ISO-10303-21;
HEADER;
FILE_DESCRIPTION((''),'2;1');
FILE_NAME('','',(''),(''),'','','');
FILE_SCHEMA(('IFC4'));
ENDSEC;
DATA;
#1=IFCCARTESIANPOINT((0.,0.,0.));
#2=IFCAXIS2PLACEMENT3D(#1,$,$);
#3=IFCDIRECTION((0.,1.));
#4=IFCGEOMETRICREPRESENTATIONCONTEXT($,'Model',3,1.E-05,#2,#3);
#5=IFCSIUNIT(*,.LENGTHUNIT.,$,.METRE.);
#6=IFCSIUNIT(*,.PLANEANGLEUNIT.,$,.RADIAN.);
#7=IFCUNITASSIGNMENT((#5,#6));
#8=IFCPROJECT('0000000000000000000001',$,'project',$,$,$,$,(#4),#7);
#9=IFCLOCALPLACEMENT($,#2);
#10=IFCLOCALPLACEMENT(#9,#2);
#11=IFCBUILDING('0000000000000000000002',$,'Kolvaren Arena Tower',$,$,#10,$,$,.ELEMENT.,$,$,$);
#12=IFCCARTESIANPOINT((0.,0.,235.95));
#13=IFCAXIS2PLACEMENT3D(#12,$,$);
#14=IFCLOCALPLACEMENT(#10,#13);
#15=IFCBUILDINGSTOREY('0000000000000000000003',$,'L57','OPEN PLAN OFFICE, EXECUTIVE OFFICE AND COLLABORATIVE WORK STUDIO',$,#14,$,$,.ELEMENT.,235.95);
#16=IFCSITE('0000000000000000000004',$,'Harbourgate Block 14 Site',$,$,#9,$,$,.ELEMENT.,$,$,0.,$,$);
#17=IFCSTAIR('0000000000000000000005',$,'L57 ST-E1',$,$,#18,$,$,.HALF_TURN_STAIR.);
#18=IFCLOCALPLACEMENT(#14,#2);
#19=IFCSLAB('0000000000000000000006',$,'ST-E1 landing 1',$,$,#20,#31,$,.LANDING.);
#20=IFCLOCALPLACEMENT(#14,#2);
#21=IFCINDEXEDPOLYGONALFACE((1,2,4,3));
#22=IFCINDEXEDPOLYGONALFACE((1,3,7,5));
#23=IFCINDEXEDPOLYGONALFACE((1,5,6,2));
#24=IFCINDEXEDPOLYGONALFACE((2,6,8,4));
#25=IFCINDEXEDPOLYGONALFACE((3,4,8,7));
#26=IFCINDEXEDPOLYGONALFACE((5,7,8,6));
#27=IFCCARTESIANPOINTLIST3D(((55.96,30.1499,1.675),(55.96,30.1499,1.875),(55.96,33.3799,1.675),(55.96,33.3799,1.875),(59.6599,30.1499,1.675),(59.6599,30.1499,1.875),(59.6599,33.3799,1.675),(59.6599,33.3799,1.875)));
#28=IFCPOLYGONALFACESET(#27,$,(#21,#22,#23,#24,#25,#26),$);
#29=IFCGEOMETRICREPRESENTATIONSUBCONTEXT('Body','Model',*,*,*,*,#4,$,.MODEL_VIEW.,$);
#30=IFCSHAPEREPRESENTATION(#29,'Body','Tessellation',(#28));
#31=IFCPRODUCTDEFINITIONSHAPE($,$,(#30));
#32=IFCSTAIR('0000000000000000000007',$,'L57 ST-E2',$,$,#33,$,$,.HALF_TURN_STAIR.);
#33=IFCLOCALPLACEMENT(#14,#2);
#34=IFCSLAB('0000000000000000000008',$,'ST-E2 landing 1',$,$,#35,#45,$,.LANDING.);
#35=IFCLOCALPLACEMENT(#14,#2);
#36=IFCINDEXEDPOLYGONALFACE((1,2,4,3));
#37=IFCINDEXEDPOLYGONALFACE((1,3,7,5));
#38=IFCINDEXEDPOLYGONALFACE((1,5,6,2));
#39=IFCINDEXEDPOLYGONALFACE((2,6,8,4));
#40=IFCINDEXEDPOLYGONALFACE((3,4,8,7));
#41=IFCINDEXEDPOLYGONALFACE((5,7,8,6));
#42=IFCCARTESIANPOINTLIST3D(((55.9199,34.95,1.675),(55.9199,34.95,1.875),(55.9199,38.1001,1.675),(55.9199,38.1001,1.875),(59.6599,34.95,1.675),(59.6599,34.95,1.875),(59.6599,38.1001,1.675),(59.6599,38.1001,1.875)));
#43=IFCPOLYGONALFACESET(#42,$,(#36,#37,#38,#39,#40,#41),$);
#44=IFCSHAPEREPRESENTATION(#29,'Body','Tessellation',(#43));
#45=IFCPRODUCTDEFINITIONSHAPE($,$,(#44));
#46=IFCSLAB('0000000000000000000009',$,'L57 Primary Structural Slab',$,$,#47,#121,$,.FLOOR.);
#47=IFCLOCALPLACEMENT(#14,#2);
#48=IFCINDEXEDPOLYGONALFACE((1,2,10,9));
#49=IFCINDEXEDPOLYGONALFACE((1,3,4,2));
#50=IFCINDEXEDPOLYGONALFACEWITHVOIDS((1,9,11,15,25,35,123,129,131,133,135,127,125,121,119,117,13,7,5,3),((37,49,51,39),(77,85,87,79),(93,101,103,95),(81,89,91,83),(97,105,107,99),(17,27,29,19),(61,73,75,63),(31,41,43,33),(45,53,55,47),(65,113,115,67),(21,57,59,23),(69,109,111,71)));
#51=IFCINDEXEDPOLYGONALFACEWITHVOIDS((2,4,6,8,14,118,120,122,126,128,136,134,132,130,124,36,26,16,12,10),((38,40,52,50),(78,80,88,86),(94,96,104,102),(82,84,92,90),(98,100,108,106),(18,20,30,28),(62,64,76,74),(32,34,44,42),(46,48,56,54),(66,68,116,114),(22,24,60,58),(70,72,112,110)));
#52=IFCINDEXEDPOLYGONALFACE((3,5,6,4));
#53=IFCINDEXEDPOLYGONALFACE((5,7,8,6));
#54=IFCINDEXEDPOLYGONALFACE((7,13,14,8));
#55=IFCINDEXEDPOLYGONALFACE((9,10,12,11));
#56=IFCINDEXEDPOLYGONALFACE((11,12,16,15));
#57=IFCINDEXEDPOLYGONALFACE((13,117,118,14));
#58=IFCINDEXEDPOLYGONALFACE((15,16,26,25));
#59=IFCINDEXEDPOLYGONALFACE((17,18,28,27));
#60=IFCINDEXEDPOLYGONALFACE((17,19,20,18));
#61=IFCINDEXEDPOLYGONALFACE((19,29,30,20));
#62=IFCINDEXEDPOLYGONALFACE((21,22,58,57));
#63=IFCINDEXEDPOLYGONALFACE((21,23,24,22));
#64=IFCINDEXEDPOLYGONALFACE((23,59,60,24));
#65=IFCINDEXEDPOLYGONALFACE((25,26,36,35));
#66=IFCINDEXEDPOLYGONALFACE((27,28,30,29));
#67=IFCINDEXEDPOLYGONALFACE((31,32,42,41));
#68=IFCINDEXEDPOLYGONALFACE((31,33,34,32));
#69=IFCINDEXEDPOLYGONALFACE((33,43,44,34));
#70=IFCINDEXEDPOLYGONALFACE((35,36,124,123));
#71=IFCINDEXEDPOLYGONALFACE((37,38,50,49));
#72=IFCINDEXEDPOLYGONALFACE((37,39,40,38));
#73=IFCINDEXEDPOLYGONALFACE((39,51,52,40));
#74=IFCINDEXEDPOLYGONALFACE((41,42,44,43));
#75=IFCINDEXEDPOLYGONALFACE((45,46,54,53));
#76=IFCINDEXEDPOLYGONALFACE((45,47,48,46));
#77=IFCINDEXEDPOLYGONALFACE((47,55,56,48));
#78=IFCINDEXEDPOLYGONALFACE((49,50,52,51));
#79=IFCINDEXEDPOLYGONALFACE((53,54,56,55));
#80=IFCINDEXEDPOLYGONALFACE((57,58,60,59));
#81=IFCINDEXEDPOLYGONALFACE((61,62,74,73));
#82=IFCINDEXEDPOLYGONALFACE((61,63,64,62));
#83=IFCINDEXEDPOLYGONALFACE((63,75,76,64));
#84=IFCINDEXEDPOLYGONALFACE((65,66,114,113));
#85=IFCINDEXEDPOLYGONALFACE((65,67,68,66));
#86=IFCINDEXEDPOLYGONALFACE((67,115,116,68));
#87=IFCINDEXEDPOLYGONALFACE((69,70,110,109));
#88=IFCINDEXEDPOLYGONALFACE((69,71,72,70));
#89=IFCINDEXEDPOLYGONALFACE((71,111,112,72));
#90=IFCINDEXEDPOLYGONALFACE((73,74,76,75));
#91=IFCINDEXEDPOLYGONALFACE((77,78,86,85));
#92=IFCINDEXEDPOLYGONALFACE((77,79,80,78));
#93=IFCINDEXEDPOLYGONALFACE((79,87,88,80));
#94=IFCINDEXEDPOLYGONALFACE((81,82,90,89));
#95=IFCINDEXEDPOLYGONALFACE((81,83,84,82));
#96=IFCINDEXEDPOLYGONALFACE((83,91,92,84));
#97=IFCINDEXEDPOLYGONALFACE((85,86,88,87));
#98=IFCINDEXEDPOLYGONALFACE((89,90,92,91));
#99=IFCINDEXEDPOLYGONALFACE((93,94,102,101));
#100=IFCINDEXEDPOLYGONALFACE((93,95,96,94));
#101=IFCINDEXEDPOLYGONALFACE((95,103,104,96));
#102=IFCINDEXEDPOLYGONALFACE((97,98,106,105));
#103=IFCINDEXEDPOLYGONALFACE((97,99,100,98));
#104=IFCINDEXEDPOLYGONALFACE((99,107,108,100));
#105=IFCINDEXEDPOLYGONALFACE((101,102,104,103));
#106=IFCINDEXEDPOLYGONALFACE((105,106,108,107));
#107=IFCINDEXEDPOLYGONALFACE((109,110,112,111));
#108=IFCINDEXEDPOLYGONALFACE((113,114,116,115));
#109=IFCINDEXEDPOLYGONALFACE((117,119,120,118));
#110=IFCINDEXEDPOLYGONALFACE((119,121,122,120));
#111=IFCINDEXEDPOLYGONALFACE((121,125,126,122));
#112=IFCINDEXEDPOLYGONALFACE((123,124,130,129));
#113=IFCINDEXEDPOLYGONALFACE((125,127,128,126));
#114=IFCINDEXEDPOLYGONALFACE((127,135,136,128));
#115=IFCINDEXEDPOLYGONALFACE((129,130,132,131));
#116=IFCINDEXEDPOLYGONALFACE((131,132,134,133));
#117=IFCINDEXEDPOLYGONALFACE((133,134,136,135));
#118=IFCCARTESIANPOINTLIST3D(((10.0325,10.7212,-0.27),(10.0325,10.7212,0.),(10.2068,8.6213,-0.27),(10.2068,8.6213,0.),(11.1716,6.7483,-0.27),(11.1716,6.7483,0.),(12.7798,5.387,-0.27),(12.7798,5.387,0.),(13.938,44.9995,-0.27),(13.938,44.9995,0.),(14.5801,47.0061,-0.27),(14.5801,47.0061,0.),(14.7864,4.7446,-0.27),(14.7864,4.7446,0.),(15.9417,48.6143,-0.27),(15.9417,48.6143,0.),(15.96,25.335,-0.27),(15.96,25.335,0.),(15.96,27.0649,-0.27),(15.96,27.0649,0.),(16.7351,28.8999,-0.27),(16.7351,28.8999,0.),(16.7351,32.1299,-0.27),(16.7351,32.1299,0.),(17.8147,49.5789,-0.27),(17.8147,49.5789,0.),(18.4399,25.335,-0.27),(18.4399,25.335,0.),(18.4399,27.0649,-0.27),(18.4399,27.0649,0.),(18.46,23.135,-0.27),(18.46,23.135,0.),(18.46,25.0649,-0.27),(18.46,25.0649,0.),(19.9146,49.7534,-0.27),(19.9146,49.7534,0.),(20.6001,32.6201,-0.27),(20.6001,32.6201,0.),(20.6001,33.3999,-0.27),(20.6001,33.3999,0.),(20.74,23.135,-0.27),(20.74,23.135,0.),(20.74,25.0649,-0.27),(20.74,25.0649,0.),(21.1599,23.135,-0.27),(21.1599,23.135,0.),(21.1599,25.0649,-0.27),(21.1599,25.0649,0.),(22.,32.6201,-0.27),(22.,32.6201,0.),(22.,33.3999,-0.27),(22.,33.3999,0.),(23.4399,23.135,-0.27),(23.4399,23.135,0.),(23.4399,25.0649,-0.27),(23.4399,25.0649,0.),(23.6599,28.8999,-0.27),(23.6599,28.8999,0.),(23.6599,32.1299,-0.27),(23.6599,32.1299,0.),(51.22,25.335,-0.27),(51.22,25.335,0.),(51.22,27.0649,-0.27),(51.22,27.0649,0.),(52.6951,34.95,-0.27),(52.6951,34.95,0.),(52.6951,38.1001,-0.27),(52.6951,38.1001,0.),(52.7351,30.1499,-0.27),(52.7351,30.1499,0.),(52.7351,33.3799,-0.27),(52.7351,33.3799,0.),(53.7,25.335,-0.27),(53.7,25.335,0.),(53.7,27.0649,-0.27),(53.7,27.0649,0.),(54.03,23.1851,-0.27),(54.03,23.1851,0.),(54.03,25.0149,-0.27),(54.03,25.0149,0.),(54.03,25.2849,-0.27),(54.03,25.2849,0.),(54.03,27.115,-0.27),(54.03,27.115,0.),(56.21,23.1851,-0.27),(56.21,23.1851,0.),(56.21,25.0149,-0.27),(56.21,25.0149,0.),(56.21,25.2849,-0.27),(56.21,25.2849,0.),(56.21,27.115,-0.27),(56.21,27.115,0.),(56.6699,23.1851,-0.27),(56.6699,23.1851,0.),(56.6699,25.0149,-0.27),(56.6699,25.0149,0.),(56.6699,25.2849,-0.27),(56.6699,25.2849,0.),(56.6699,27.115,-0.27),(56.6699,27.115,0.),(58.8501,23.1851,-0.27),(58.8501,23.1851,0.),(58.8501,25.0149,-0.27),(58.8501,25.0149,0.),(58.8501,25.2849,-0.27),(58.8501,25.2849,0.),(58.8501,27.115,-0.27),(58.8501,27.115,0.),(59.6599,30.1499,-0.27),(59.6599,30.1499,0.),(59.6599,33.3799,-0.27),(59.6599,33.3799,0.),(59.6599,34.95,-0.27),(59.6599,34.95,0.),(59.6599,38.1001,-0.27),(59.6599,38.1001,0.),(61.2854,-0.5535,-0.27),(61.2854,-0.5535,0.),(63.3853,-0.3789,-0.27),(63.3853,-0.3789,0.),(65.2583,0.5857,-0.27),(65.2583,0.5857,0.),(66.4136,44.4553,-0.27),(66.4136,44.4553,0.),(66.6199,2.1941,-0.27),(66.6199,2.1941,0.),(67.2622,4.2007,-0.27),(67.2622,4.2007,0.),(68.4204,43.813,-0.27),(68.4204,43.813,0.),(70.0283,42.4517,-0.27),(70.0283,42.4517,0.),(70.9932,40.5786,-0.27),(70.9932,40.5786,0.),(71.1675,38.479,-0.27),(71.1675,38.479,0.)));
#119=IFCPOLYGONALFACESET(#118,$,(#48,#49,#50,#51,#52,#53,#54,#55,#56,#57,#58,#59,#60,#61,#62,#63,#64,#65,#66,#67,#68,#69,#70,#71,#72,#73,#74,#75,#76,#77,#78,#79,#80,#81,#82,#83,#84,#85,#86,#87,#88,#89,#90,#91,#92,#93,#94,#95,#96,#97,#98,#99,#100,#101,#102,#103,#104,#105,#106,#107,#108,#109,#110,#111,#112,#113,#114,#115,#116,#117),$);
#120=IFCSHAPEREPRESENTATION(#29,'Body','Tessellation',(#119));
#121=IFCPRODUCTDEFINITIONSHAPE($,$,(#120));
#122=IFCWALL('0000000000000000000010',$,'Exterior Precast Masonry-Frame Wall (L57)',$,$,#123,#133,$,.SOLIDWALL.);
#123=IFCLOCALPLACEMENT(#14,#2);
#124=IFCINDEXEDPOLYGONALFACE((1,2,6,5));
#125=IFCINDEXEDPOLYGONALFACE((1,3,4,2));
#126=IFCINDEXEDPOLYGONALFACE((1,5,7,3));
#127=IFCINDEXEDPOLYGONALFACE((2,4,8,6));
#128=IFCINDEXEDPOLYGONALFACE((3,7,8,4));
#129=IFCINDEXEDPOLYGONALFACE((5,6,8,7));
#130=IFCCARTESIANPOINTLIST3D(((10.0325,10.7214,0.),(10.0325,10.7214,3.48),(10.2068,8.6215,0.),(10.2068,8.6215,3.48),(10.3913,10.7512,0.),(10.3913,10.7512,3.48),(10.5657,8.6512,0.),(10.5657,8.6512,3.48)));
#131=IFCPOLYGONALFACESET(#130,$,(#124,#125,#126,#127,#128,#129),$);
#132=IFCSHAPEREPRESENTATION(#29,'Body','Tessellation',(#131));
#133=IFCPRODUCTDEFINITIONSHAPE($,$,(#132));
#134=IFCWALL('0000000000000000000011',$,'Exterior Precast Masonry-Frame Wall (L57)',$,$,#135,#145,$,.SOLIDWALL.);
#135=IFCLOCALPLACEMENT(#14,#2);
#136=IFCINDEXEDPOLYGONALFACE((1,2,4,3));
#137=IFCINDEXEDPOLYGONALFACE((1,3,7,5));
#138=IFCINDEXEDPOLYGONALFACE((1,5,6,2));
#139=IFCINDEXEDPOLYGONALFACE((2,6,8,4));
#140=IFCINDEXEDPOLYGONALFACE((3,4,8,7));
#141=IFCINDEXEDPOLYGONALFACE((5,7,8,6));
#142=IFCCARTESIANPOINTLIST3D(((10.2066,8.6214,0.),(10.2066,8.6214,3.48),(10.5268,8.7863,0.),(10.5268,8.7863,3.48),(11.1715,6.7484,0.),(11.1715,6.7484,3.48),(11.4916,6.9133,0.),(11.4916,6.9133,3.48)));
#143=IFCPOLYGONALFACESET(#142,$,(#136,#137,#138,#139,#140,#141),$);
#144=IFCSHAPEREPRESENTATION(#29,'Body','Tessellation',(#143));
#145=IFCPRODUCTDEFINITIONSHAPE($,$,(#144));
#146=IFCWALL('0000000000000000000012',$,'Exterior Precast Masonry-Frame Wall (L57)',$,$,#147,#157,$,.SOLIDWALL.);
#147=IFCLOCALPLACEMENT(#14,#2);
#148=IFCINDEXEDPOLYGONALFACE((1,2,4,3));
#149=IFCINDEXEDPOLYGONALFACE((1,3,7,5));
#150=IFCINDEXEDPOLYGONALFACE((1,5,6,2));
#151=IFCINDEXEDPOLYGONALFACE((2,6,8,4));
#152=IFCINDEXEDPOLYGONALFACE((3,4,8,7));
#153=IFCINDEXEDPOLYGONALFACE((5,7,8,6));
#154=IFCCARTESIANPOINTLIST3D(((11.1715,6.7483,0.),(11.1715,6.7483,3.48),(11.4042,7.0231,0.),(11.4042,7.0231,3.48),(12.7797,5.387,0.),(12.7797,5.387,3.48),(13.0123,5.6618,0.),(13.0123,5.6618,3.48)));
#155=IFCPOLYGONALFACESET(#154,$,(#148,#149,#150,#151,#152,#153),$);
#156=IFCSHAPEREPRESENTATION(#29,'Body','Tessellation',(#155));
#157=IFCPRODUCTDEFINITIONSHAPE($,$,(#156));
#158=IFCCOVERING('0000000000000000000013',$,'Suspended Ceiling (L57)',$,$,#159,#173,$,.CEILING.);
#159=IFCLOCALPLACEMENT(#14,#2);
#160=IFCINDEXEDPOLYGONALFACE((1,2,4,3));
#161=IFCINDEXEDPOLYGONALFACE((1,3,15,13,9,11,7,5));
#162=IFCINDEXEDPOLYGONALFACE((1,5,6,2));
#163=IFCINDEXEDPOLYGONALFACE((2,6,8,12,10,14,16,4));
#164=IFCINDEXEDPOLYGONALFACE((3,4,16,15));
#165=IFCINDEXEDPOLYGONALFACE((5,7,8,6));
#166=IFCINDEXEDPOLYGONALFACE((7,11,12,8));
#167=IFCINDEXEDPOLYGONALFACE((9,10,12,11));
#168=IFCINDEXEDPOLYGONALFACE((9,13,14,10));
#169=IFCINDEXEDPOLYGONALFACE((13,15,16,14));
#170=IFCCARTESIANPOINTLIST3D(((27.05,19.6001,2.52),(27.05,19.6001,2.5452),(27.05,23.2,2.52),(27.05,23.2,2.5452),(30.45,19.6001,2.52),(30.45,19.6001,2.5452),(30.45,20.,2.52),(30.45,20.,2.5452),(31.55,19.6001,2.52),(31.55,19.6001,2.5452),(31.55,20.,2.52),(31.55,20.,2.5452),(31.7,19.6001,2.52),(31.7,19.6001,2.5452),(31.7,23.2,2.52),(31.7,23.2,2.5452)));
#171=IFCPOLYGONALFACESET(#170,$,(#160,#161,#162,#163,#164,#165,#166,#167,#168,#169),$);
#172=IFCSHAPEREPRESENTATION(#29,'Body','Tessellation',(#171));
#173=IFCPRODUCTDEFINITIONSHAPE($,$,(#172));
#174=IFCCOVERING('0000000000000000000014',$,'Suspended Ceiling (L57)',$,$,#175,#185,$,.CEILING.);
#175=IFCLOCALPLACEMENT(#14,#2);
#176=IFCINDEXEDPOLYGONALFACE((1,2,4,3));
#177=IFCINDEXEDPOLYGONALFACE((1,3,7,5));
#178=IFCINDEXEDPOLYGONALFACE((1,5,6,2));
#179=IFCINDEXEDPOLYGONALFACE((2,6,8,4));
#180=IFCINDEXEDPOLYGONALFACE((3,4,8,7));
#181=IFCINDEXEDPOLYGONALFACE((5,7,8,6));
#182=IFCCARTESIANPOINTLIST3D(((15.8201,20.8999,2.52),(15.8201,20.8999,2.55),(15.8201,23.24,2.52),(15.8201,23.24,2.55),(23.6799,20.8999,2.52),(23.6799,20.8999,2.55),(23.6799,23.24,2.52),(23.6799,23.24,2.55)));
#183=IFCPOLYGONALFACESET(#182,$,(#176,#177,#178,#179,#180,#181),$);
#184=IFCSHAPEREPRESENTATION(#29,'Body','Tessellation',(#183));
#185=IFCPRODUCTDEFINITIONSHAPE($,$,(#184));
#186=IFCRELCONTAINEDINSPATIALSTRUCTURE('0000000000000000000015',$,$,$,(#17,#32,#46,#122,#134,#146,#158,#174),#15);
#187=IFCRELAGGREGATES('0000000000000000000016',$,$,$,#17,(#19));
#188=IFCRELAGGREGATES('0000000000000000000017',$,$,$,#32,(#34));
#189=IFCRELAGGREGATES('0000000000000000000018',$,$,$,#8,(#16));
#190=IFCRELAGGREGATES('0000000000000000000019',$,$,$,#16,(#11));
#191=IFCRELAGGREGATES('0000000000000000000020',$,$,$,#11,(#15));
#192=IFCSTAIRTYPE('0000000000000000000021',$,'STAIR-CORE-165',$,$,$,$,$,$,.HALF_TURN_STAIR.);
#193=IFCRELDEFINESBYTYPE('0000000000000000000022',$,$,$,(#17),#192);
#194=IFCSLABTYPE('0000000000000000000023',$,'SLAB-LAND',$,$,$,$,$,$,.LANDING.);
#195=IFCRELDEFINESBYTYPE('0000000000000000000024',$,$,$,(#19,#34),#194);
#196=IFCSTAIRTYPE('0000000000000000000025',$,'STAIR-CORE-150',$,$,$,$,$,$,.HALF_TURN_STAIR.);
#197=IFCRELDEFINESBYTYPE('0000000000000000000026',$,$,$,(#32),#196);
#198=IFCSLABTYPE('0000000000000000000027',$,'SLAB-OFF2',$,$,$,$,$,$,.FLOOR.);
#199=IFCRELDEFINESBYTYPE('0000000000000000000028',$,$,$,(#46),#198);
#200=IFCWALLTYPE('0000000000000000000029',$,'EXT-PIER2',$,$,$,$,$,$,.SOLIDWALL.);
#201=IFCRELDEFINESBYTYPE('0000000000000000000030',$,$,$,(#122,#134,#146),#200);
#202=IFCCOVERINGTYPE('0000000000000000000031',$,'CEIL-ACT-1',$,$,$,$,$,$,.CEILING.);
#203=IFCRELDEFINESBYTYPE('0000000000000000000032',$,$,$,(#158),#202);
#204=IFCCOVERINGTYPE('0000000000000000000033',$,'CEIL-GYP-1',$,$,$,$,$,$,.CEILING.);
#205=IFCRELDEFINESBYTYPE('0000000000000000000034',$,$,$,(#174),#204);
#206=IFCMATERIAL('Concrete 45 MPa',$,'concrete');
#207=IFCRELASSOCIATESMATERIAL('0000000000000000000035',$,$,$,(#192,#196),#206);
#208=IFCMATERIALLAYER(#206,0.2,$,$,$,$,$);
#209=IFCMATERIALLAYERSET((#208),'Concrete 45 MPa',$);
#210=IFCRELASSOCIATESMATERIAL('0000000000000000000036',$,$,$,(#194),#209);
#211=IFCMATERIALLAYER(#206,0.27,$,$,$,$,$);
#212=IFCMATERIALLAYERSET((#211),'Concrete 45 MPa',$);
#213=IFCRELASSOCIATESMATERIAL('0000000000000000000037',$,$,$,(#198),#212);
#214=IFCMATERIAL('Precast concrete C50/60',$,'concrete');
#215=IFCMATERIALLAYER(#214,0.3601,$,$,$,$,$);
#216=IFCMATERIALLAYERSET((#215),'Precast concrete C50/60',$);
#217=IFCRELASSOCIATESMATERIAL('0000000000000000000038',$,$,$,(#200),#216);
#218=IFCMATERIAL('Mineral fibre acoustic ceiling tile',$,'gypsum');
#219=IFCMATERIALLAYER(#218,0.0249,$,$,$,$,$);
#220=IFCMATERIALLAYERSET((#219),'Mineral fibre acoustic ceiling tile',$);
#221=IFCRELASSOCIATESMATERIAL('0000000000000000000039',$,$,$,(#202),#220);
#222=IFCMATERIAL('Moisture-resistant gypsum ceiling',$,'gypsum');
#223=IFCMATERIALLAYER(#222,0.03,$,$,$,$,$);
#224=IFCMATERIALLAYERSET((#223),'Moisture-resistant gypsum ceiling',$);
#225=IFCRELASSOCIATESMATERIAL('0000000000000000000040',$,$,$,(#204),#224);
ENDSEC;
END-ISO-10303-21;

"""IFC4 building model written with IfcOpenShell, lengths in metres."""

from ifc_helpers import new_model, si_unit, direction, frame, frame_2d, origin, place, context, subcontext, project, spatial, polyline, rectangle, outline, extrude, material, layer, layer_set, type_object, element, aggregate, save


model = new_model("IFC4")

# Units and contexts
model_context = context("Model", 3, precision=1e-05, world=origin(), true_north=direction((0.0, 1.0)))
body_context = subcontext(model_context, "Body", "Model", "MODEL_VIEW")
ifc_project = project(units=[si_unit("LENGTHUNIT", "METRE"), si_unit("PLANEANGLEUNIT", "RADIAN")], contexts=[model_context])

# Site, building, storey
site_placement = place(None, origin())
site = spatial("IfcSite", under=ifc_project, at=site_placement, Name="Harbourgate Block 14 Site", CompositionType="ELEMENT", RefElevation=0.0)
building_placement = place(site_placement, origin())
building = spatial("IfcBuilding", under=site, at=building_placement, Name="Kolvaren Arena Tower", CompositionType="ELEMENT")
storey_placement = place(building_placement, frame((0.0, 0.0, 235.95)))
storey = spatial("IfcBuildingStorey", under=building, at=storey_placement, Name="L57", Description="OPEN PLAN OFFICE, EXECUTIVE OFFICE AND COLLABORATIVE WORK STUDIO", CompositionType="ELEMENT", Elevation=235.95)

# Stairs, slabs
ifc_material_1 = material(Name="Concrete 45 MPa", Category="concrete")
stair_type_1 = type_object("IfcStairType", Name="STAIR-CORE-165", PredefinedType="HALF_TURN_STAIR", material=ifc_material_1)
ifc_layer_1 = layer(ifc_material_1, 0.2)
ifc_layer_set_1 = layer_set([ifc_layer_1], Name="Concrete 45 MPa")
slab_type_1 = type_object("IfcSlabType", Name="SLAB-LAND", PredefinedType="LANDING", material=ifc_layer_set_1)
stair_1_placement = place(storey_placement, origin())
stair_1 = element("IfcStair", 1, at=stair_1_placement, inside=storey, type_object=stair_type_1, Name="L57 ST-E1", PredefinedType="HALF_TURN_STAIR")
slab_1_placement = place(storey_placement, frame((0.0, 0.0, 1.675)))
slab_1 = element("IfcSlab", 2, at=slab_1_placement, type_object=slab_type_1, Name="ST-E1 landing 1", PredefinedType="LANDING", context=body_context, shape_type="SweptSolid", body=[
    extrude(outline(polyline([(55.96, 30.1499), (59.6599, 30.1499), (59.6599, 33.3799), (55.96, 33.3799), (55.96, 30.1499)])), origin(), (0.0, 0.0, 1.0), 0.2),
])
aggregate(stair_1, [slab_1])
stair_type_2 = type_object("IfcStairType", Name="STAIR-CORE-150", PredefinedType="HALF_TURN_STAIR", material=ifc_material_1)
stair_2_placement = place(storey_placement, origin())
stair_2 = element("IfcStair", 3, at=stair_2_placement, inside=storey, type_object=stair_type_2, Name="L57 ST-E2", PredefinedType="HALF_TURN_STAIR")
slab_2_placement = place(storey_placement, frame((0.0, 0.0, 1.675)))
slab_2 = element("IfcSlab", 4, at=slab_2_placement, type_object=slab_type_1, Name="ST-E2 landing 1", PredefinedType="LANDING", context=body_context, shape_type="SweptSolid", body=[
    extrude(outline(polyline([(55.9199, 34.95), (59.6599, 34.95), (59.6599, 38.1001), (55.9199, 38.1001), (55.9199, 34.95)])), origin(), (0.0, 0.0, 1.0), 0.2),
])
aggregate(stair_2, [slab_2])

# Slab
ifc_layer_2 = layer(ifc_material_1, 0.27)
ifc_layer_set_2 = layer_set([ifc_layer_2], Name="Concrete 45 MPa")
slab_type_2 = type_object("IfcSlabType", Name="SLAB-OFF2", PredefinedType="FLOOR", material=ifc_layer_set_2)
slab_3_placement = place(storey_placement, frame((0.0, 0.0, -0.27)))
element("IfcSlab", 5, at=slab_3_placement, inside=storey, type_object=slab_type_2, Name="L57 Primary Structural Slab", PredefinedType="FLOOR", context=body_context, shape_type="SweptSolid", body=[
    extrude(outline(polyline([(61.2854, -0.5535), (63.3853, -0.3789), (65.2583, 0.5857), (66.6199, 2.1941), (67.2622, 4.2007), (71.1675, 38.479), (70.9932, 40.5786), (70.0283, 42.4517), (68.4204, 43.813), (66.4136, 44.4553), (19.9146, 49.7534), (17.8147, 49.5789), (15.9417, 48.6143), (14.5801, 47.0061), (13.938, 44.9995), (10.0325, 10.7212), (10.2068, 8.6213), (11.1716, 6.7483), (12.7798, 5.387), (14.7864, 4.7446), (61.2854, -0.5535)]), holes=[polyline([(20.74, 23.135), (18.46, 23.135), (18.46, 25.0649), (20.74, 25.0649), (20.74, 23.135)]), polyline([(21.1599, 23.135), (21.1599, 25.0649), (23.4399, 25.0649), (23.4399, 23.135), (21.1599, 23.135)]), polyline([(56.21, 23.1851), (54.03, 23.1851), (54.03, 25.0149), (56.21, 25.0149), (56.21, 23.1851)]), polyline([(56.6699, 23.1851), (56.6699, 25.0149), (58.8501, 25.0149), (58.8501, 23.1851), (56.6699, 23.1851)]), polyline([(54.03, 25.2849), (54.03, 27.115), (56.21, 27.115), (56.21, 25.2849), (54.03, 25.2849)]), polyline([(58.8501, 25.2849), (56.6699, 25.2849), (56.6699, 27.115), (58.8501, 27.115), (58.8501, 25.2849)]), polyline([(15.96, 25.335), (15.96, 27.0649), (18.4399, 27.0649), (18.4399, 25.335), (15.96, 25.335)]), polyline([(53.7, 25.335), (51.22, 25.335), (51.22, 27.0649), (53.7, 27.0649), (53.7, 25.335)]), polyline([(16.7351, 28.8999), (16.7351, 32.1299), (23.6599, 32.1299), (23.6599, 28.8999), (16.7351, 28.8999)]), polyline([(52.7351, 30.1499), (52.7351, 33.3799), (59.6599, 33.3799), (59.6599, 30.1499), (52.7351, 30.1499)]), polyline([(20.6001, 32.6201), (20.6001, 33.3999), (22.0, 33.3999), (22.0, 32.6201), (20.6001, 32.6201)]), polyline([(52.6951, 34.95), (52.6951, 38.1001), (59.6599, 38.1001), (59.6599, 34.95), (52.6951, 34.95)])]), origin(), (0.0, 0.0, 1.0), 0.27),
])

# Walls
ifc_material_2 = material(Name="Precast concrete C50/60", Category="concrete")
ifc_layer_3 = layer(ifc_material_2, 0.3601)
ifc_layer_set_3 = layer_set([ifc_layer_3], Name="Precast concrete C50/60")
wall_type = type_object("IfcWallType", Name="EXT-PIER2", PredefinedType="SOLIDWALL", material=ifc_layer_set_3)
wall_placement = place(storey_placement, frame((10.3862, 8.6362, 0.0), z_axis=(0.0, 0.0, 1.0), x_axis=(-0.082729, 0.996572, 0.0)))
element("IfcWall", 6, at=wall_placement, inside=storey, type_object=wall_type, Name="Exterior Precast Masonry-Frame Wall (L57)", PredefinedType="SOLIDWALL", context=body_context, shape_type="SweptSolid", body=[
    extrude(rectangle(XDim=2.1072, YDim=0.3601, at=frame_2d((1.0537, 0.0))), origin(), (0.0, 0.0, 1.0), 3.48),
])
for number, where, z_axis, x_axis, name in (
    (7, (11.3315, 6.8308, 0.0), (0.0, 0.0, 1.0), (-0.457934, 0.888986, 0.0), "Exterior Precast Masonry-Frame Wall (L57)"),
    (8, (12.896, 5.5244, 0.0), (0.0, 0.0, 1.0), (-0.76325, 0.646103, 0.0), "Exterior Precast Masonry-Frame Wall (L57)"),
):
    element("IfcWall", number, at=place(storey_placement, frame(where, z_axis=z_axis, x_axis=x_axis)), inside=storey, type_object=wall_type, Name=name, PredefinedType="SOLIDWALL", context=body_context, shape_type="SweptSolid", body=[
        extrude(rectangle(XDim=2.1069, YDim=0.3601, at=frame_2d((1.0535, 0.0))), origin(), (0.0, 0.0, 1.0), 3.48),
    ])

# Coverings
ifc_material_3 = material(Name="Mineral fibre acoustic ceiling tile", Category="gypsum")
ifc_layer_4 = layer(ifc_material_3, 0.0249)
ifc_layer_set_4 = layer_set([ifc_layer_4], Name="Mineral fibre acoustic ceiling tile")
covering_type_1 = type_object("IfcCoveringType", Name="CEIL-ACT-1", PredefinedType="CEILING", material=ifc_layer_set_4)
covering_1_placement = place(storey_placement, frame((0.0, 0.0, 2.52)))
element("IfcCovering", 9, at=covering_1_placement, inside=storey, type_object=covering_type_1, Name="Suspended Ceiling (L57)", PredefinedType="CEILING", context=body_context, shape_type="SweptSolid", body=[
    extrude(outline(polyline([(27.05, 19.6001), (27.05, 23.2), (31.7, 23.2), (31.7, 19.6001), (31.55, 19.6001), (31.55, 20.0), (30.45, 20.0), (30.45, 19.6001), (27.05, 19.6001)])), origin(), (0.0, 0.0, 1.0), 0.0251),
])
ifc_material_4 = material(Name="Moisture-resistant gypsum ceiling", Category="gypsum")
ifc_layer_5 = layer(ifc_material_4, 0.03)
ifc_layer_set_5 = layer_set([ifc_layer_5], Name="Moisture-resistant gypsum ceiling")
covering_type_2 = type_object("IfcCoveringType", Name="CEIL-GYP-1", PredefinedType="CEILING", material=ifc_layer_set_5)
covering_2_placement = place(storey_placement, frame((0.0, 0.0, 2.52)))
element("IfcCovering", 10, at=covering_2_placement, inside=storey, type_object=covering_type_2, Name="Suspended Ceiling (L57)", PredefinedType="CEILING", context=body_context, shape_type="SweptSolid", body=[
    extrude(outline(polyline([(15.8201, 20.8999), (15.8201, 23.24), (23.6799, 23.24), (23.6799, 20.8999), (15.8201, 20.8999)])), origin(), (0.0, 0.0, 1.0), 0.03),
])

save(model, "model.ifc")
